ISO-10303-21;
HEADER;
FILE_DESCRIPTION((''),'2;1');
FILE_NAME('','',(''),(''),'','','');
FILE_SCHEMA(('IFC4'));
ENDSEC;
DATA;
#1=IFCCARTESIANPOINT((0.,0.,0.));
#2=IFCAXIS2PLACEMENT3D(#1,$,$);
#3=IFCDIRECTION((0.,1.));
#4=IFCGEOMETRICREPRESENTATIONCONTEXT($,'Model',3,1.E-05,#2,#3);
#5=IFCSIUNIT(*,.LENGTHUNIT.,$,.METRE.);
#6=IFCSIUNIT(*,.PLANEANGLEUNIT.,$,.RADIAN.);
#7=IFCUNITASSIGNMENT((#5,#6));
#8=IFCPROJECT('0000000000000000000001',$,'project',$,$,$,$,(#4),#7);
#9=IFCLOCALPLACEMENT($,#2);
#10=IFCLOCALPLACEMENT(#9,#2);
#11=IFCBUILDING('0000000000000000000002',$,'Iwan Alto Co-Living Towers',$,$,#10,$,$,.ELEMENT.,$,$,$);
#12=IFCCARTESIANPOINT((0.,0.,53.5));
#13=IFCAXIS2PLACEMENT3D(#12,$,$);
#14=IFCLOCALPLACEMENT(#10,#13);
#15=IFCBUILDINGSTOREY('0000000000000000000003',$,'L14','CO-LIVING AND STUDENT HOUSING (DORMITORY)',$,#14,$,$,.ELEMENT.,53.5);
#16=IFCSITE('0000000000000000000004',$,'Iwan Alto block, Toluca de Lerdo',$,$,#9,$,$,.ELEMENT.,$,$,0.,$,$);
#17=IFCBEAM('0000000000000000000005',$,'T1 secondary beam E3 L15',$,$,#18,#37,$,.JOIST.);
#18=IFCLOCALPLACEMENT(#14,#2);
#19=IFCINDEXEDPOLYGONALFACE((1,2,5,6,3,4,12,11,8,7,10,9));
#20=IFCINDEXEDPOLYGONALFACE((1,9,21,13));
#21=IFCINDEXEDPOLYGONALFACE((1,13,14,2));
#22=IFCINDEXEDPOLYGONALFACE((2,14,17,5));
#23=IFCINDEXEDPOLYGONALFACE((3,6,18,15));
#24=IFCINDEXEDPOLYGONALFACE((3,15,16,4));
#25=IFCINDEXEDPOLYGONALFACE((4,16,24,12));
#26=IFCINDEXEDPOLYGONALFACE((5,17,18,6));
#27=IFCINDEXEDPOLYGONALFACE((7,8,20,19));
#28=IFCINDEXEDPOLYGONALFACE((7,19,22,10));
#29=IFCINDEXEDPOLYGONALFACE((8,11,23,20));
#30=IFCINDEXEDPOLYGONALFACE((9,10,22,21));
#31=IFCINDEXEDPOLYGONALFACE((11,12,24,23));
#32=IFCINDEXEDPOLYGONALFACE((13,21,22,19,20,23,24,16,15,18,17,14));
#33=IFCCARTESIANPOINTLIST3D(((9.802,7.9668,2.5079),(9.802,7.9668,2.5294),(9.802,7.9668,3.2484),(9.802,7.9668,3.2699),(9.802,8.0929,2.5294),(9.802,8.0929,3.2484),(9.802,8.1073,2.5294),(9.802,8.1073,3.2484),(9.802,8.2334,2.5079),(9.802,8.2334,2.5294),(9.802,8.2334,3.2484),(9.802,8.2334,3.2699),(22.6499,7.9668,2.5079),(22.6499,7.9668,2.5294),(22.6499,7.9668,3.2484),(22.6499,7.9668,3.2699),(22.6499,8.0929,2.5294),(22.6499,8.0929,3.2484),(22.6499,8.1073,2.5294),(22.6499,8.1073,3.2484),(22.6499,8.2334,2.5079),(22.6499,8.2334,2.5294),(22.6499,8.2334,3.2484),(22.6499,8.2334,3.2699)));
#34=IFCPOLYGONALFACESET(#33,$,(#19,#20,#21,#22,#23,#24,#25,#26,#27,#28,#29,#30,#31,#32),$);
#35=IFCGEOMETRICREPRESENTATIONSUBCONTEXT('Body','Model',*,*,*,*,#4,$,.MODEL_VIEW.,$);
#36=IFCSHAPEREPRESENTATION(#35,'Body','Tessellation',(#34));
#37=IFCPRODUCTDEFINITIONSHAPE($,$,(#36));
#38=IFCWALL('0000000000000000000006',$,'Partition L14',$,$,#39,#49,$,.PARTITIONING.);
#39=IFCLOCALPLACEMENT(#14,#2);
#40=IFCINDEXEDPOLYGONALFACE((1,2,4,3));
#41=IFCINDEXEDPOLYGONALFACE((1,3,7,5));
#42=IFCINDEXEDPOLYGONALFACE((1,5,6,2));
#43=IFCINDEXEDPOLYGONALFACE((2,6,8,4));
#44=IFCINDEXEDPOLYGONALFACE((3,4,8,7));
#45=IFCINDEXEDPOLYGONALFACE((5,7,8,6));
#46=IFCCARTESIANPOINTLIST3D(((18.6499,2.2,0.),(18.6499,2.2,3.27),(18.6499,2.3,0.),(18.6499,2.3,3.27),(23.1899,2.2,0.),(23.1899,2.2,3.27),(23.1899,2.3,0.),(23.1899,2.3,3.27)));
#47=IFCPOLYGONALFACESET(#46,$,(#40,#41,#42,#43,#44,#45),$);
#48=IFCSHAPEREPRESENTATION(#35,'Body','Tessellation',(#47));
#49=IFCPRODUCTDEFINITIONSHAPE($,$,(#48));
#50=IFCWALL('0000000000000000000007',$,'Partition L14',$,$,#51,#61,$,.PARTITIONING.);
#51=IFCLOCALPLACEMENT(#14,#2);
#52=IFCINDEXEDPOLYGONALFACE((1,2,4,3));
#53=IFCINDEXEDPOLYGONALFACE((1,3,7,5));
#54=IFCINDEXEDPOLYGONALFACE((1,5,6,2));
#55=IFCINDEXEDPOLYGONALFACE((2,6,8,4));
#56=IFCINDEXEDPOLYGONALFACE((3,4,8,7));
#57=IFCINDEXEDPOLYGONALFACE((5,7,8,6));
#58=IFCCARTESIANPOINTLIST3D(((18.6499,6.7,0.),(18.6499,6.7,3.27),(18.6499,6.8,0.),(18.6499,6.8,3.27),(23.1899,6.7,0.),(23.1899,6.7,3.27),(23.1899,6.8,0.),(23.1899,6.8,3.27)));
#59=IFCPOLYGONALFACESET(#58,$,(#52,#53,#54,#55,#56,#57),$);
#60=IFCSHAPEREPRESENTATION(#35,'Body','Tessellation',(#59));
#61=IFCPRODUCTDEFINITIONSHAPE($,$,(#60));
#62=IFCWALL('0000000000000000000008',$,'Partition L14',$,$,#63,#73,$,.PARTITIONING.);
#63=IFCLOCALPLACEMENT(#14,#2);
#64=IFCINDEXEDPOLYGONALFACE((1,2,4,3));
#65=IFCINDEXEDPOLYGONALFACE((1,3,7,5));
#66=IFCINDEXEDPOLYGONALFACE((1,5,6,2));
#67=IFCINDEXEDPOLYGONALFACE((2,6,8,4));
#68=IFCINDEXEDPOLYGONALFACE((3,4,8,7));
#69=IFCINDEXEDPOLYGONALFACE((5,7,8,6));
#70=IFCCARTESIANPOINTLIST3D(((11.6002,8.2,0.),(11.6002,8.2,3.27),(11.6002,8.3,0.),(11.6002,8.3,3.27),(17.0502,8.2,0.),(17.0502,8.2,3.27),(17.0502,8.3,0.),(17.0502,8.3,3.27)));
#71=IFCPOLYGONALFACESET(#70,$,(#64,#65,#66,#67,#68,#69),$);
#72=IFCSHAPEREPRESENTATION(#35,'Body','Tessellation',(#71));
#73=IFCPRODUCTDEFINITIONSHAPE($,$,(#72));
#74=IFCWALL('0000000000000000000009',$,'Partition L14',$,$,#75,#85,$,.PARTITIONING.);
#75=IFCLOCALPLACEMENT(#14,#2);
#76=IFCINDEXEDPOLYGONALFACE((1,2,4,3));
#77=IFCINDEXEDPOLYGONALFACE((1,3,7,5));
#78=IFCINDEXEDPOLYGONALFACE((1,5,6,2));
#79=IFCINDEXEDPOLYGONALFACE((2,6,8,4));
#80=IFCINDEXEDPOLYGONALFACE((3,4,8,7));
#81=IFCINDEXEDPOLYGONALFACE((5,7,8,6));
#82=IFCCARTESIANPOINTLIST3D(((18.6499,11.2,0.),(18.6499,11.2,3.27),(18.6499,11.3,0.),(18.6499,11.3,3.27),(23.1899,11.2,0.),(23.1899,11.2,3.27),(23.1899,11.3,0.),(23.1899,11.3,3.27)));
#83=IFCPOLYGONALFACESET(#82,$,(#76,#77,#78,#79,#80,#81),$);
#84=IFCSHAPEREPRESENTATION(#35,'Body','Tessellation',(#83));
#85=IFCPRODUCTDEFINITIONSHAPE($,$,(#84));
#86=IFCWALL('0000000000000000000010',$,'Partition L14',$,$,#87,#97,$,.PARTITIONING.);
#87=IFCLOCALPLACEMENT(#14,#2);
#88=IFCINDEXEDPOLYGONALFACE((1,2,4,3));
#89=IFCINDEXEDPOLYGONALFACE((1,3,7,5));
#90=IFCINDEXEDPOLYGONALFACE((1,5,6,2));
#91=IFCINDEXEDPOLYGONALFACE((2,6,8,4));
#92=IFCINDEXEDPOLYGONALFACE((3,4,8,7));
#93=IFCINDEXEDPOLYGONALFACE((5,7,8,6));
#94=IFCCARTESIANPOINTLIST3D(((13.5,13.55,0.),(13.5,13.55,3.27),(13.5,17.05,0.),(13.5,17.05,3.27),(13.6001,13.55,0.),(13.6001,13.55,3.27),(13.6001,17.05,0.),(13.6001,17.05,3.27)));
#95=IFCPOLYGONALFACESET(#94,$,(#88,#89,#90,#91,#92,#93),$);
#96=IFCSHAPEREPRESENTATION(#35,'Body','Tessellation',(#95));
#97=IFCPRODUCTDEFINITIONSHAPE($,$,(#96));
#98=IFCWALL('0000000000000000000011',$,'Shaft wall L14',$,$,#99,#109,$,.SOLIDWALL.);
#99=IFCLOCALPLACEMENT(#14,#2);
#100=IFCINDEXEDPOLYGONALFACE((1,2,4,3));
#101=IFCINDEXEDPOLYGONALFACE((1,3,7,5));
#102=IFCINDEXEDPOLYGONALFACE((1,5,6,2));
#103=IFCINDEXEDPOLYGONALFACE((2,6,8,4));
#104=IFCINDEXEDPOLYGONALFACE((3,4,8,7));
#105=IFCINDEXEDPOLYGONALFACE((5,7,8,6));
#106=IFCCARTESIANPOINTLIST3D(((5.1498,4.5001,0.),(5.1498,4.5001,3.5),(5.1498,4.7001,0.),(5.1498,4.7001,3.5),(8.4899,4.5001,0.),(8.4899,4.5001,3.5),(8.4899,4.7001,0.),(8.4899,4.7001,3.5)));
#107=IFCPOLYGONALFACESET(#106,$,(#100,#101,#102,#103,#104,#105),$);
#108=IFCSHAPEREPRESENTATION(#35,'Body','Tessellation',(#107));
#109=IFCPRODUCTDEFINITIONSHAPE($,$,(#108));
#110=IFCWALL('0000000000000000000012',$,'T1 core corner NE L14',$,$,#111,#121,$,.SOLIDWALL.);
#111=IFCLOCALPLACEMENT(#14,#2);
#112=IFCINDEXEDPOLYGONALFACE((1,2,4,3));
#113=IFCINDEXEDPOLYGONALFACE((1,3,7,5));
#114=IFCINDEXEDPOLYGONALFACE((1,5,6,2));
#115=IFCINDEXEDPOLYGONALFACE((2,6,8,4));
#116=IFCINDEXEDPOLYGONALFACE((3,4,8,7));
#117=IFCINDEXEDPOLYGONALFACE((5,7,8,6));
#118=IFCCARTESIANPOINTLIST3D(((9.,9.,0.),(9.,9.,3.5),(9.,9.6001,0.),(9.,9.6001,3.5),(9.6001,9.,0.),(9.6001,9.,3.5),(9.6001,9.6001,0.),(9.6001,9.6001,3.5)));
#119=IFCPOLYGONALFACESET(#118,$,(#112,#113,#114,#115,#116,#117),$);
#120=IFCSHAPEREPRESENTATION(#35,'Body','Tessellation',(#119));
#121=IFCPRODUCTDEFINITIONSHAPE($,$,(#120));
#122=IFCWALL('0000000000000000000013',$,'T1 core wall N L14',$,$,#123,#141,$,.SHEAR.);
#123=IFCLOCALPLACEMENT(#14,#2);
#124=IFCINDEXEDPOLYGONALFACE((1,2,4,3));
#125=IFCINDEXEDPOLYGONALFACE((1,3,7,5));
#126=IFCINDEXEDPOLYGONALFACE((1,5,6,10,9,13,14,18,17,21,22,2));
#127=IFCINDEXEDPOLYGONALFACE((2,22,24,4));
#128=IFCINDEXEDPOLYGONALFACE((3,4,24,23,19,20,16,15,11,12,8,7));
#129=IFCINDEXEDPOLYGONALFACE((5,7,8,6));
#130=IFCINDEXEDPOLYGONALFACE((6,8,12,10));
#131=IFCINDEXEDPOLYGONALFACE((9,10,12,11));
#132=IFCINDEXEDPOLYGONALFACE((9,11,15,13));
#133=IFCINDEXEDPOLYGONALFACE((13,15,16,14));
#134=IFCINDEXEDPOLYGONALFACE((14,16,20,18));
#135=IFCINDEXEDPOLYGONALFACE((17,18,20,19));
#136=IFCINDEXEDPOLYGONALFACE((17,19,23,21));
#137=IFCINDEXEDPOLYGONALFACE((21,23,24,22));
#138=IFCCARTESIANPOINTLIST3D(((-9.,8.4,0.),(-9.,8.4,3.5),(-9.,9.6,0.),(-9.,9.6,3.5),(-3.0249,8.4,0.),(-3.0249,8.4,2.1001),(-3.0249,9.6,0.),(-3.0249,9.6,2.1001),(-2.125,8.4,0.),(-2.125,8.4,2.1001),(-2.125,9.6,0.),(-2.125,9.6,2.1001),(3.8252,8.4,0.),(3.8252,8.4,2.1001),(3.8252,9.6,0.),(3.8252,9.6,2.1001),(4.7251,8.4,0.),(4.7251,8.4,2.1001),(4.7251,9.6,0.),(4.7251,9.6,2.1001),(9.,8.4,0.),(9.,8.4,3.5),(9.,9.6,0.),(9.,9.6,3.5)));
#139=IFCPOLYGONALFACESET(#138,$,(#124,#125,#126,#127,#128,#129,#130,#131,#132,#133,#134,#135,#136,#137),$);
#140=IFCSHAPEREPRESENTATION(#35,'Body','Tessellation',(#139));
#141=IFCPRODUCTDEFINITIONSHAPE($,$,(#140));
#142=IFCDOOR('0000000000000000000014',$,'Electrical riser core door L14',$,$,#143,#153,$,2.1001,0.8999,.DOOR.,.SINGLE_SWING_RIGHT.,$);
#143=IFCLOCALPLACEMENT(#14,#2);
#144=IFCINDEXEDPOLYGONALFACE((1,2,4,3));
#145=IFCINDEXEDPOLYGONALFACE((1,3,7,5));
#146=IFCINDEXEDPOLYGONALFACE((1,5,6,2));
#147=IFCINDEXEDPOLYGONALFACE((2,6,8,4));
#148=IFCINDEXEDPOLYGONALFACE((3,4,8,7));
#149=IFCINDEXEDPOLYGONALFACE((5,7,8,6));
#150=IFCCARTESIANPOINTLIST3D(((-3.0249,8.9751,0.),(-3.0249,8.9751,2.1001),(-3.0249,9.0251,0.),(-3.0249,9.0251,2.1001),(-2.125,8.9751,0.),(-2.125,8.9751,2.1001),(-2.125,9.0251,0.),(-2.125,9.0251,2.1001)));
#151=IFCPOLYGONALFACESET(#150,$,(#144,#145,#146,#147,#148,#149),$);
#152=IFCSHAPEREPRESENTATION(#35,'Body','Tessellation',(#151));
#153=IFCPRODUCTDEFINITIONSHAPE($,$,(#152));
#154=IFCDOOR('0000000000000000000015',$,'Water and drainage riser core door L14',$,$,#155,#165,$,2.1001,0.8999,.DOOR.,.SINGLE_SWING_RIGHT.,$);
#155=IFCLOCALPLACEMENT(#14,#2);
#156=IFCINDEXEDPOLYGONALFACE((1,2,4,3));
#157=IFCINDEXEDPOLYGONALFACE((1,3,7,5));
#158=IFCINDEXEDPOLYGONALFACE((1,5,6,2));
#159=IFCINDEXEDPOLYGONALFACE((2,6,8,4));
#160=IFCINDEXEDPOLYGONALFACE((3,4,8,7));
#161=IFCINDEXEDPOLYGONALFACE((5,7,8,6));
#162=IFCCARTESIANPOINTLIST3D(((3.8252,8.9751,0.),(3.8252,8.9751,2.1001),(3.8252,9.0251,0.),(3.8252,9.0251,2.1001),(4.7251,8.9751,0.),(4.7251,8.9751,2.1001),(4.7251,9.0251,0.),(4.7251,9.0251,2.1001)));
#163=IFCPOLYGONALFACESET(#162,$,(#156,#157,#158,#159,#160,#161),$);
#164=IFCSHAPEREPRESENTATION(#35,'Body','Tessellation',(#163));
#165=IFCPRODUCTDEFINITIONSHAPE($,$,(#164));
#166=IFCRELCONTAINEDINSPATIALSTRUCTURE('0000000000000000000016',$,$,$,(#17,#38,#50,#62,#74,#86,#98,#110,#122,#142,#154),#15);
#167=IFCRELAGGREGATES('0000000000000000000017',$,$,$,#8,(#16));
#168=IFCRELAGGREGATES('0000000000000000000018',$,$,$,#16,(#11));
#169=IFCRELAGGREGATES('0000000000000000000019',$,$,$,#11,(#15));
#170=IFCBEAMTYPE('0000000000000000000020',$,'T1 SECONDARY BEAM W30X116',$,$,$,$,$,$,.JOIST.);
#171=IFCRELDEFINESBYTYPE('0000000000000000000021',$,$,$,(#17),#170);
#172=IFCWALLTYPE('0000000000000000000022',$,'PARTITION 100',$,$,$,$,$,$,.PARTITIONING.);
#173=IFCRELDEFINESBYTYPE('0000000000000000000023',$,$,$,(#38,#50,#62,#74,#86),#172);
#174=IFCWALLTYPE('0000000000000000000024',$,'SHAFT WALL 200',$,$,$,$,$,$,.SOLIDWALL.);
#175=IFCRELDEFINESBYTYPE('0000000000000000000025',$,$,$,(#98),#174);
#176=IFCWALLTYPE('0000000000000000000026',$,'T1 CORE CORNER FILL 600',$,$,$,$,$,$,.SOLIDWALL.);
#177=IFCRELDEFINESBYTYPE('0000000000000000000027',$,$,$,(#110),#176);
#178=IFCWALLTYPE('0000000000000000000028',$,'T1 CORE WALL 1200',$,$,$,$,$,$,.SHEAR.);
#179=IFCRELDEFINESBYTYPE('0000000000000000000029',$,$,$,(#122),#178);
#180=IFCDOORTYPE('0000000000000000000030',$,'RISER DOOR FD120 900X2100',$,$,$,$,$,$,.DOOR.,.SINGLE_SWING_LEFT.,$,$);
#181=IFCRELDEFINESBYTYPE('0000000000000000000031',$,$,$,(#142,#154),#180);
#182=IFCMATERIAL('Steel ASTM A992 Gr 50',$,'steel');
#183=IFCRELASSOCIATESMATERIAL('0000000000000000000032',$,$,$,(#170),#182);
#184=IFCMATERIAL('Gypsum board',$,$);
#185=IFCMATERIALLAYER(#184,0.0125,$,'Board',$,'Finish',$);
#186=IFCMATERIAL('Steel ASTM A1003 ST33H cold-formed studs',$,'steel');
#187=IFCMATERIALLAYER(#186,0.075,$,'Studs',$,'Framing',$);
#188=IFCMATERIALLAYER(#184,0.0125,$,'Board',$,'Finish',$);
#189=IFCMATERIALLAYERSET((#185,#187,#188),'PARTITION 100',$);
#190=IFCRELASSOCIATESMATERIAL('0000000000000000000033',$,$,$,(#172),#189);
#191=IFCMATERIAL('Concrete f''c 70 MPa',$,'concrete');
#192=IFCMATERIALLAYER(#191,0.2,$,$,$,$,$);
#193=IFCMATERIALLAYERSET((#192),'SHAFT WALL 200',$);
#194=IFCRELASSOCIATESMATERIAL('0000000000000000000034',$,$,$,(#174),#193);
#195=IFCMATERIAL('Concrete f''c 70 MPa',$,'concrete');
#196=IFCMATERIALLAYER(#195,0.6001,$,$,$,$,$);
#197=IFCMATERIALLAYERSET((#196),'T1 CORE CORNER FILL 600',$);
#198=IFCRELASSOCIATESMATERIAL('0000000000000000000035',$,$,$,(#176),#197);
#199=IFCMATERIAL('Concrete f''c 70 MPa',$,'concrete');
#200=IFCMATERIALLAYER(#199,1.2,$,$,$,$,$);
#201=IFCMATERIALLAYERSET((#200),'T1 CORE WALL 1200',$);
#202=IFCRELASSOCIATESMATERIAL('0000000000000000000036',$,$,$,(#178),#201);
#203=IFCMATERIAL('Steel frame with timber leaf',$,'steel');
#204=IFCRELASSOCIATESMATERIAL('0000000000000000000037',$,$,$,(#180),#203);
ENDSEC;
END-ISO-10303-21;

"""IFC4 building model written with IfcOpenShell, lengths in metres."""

from ifc_helpers import new_model, si_unit, direction, frame, frame_2d, origin, origin_2d, place, context, subcontext, project, spatial, rectangle, i_section, extrude, material, layer, layer_set, material_profile, profile_set, type_object, element, fill, save


model = new_model("IFC4")

# Units and contexts
model_context = context("Model", 3, precision=1e-05, world=origin(), true_north=direction((0.0, 1.0)))
body_context = subcontext(model_context, "Body", "Model", "MODEL_VIEW")
ifc_project = project(units=[si_unit("LENGTHUNIT", "METRE"), si_unit("PLANEANGLEUNIT", "RADIAN")], contexts=[model_context])

# Site, building, storey
site_placement = place(None, origin())
site = spatial("IfcSite", under=ifc_project, at=site_placement, Name="Iwan Alto block, Toluca de Lerdo", CompositionType="ELEMENT", RefElevation=0.0)
building_placement = place(site_placement, origin())
building = spatial("IfcBuilding", under=site, at=building_placement, Name="Iwan Alto Co-Living Towers", CompositionType="ELEMENT")
storey_placement = place(building_placement, frame((0.0, 0.0, 53.5)))
storey = spatial("IfcBuildingStorey", under=building, at=storey_placement, Name="L14", Description="CO-LIVING AND STUDENT HOUSING (DORMITORY)", CompositionType="ELEMENT", Elevation=53.5)

# Beam
ifc_material_1 = material(Name="Steel ASTM A992 Gr 50", Category="steel")
ifc_material_profile_1 = material_profile(ifc_material_1, i_section(OverallWidth=0.2666, OverallDepth=0.762, WebThickness=0.0144, FlangeThickness=0.0215, at=origin_2d()), Name="W30X116")
ifc_profile_set_1 = profile_set([ifc_material_profile_1], Name="Steel ASTM A992 Gr 50")
beam_type_1 = type_object("IfcBeamType", Name="T1 SECONDARY BEAM W30X116", PredefinedType="JOIST", material=ifc_profile_set_1)
for number, where, z_axis, x_axis, name in (
    (1, (22.6499, 8.1001, 2.8889), (-1.0, 0.0, 0.0), (0.0, -1.0, 0.0), "T1 secondary beam E3 L15"),
):
    element("IfcBeam", number, at=place(storey_placement, frame(where, z_axis=z_axis, x_axis=x_axis)), inside=storey, type_object=beam_type_1, Name=name, PredefinedType="JOIST", context=body_context, shape_type="SweptSolid", body=[
        extrude(i_section(OverallWidth=0.2666, OverallDepth=0.762, WebThickness=0.0144, FlangeThickness=0.0215, at=origin_2d()), origin(), (0.0, 0.0, 1.0), 12.8479),
    ])

# Walls
ifc_material_2 = material(Name="Gypsum board")
ifc_layer_1 = layer(ifc_material_2, 0.0125, Name="Board", Category="Finish")
ifc_material_3 = material(Name="Steel ASTM A1003 ST33H cold-formed studs", Category="steel")
ifc_layer_2 = layer(ifc_material_3, 0.075, Name="Studs", Category="Framing")
ifc_layer_3 = layer(ifc_material_2, 0.0125, Name="Board", Category="Finish")
ifc_layer_set_1 = layer_set([ifc_layer_1, ifc_layer_2, ifc_layer_3], Name="PARTITION 100")
wall_type_1 = type_object("IfcWallType", Name="PARTITION 100", PredefinedType="PARTITIONING", material=ifc_layer_set_1)
for number, where, z_axis, x_axis, name in (
    (2, (18.6499, 2.25, 0.0), (0.0, 0.0, 1.0), (1.0, 0.0, 0.0), "Partition L14"),
    (3, (18.6499, 6.75, 0.0), (0.0, 0.0, 1.0), (1.0, 0.0, 0.0), "Partition L14"),
):
    element("IfcWall", number, at=place(storey_placement, frame(where, z_axis=z_axis, x_axis=x_axis)), inside=storey, type_object=wall_type_1, Name=name, PredefinedType="PARTITIONING", context=body_context, shape_type="SweptSolid", body=[
        extrude(rectangle(XDim=4.54, YDim=0.1001, at=frame_2d((2.27, 0.0))), origin(), (0.0, 0.0, 1.0), 3.27),
    ])
wall_1_placement = place(storey_placement, frame((11.6001, 8.25, 0.0), z_axis=(0.0, 0.0, 1.0), x_axis=(1.0, 0.0, 0.0)))
element("IfcWall", 4, at=wall_1_placement, inside=storey, type_object=wall_type_1, Name="Partition L14", PredefinedType="PARTITIONING", context=body_context, shape_type="SweptSolid", body=[
    extrude(rectangle(XDim=5.45, YDim=0.1001, at=frame_2d((2.7251, 0.0))), origin(), (0.0, 0.0, 1.0), 3.27),
])
wall_2_placement = place(storey_placement, frame((18.6499, 11.25, 0.0), z_axis=(0.0, 0.0, 1.0), x_axis=(1.0, 0.0, 0.0)))
element("IfcWall", 5, at=wall_2_placement, inside=storey, type_object=wall_type_1, Name="Partition L14", PredefinedType="PARTITIONING", context=body_context, shape_type="SweptSolid", body=[
    extrude(rectangle(XDim=4.54, YDim=0.1001, at=frame_2d((2.27, 0.0))), origin(), (0.0, 0.0, 1.0), 3.27),
])
wall_3_placement = place(storey_placement, frame((13.55, 13.55, 0.0), z_axis=(0.0, 0.0, 1.0), x_axis=(0.0, 1.0, 0.0)))
element("IfcWall", 6, at=wall_3_placement, inside=storey, type_object=wall_type_1, Name="Partition L14", PredefinedType="PARTITIONING", context=body_context, shape_type="SweptSolid", body=[
    extrude(rectangle(XDim=3.5, YDim=0.1001, at=frame_2d((1.75, 0.0))), origin(), (0.0, 0.0, 1.0), 3.27),
])
ifc_material_4 = material(Name="Concrete f'c 70 MPa", Category="concrete")
ifc_layer_4 = layer(ifc_material_4, 0.2)
ifc_layer_set_2 = layer_set([ifc_layer_4], Name="SHAFT WALL 200")
wall_type_2 = type_object("IfcWallType", Name="SHAFT WALL 200", PredefinedType="SOLIDWALL", material=ifc_layer_set_2)
wall_4_placement = place(storey_placement, frame((5.1499, 4.6001, 0.0), z_axis=(0.0, 0.0, 1.0), x_axis=(1.0, 0.0, 0.0)))
element("IfcWall", 7, at=wall_4_placement, inside=storey, type_object=wall_type_2, Name="Shaft wall L14", PredefinedType="SOLIDWALL", context=body_context, shape_type="SweptSolid", body=[
    extrude(rectangle(XDim=3.3401, YDim=0.2, at=frame_2d((1.6699, 0.0))), origin(), (0.0, 0.0, 1.0), 3.5),
])
ifc_material_5 = material(Name="Concrete f'c 70 MPa", Category="concrete")
ifc_layer_5 = layer(ifc_material_5, 0.6001)
ifc_layer_set_3 = layer_set([ifc_layer_5], Name="T1 CORE CORNER FILL 600")
wall_type_3 = type_object("IfcWallType", Name="T1 CORE CORNER FILL 600", PredefinedType="SOLIDWALL", material=ifc_layer_set_3)
wall_5_placement = place(storey_placement, frame((9.0, 9.3, 0.0), z_axis=(0.0, 0.0, 1.0), x_axis=(1.0, 0.0, 0.0)))
element("IfcWall", 8, at=wall_5_placement, inside=storey, type_object=wall_type_3, Name="T1 core corner NE L14", PredefinedType="SOLIDWALL", context=body_context, shape_type="SweptSolid", body=[
    extrude(rectangle(XDim=0.6001, YDim=0.6001, at=frame_2d((0.3, 0.0))), origin(), (0.0, 0.0, 1.0), 3.5),
])

# Wall, openings, doors
ifc_material_6 = material(Name="Concrete f'c 70 MPa", Category="concrete")
ifc_layer_6 = layer(ifc_material_6, 1.2)
ifc_layer_set_4 = layer_set([ifc_layer_6], Name="T1 CORE WALL 1200")
wall_type_4 = type_object("IfcWallType", Name="T1 CORE WALL 1200", PredefinedType="SHEAR", material=ifc_layer_set_4)
wall_6_placement = place(storey_placement, frame((9.0, 9.0, 0.0), z_axis=(0.0, 0.0, 1.0), x_axis=(-1.0, 0.0, 0.0)))
wall_6 = element("IfcWall", 9, at=wall_6_placement, inside=storey, type_object=wall_type_4, Name="T1 core wall N L14", PredefinedType="SHEAR", context=body_context, shape_type="SweptSolid", body=[
    extrude(rectangle(XDim=18.0, YDim=1.2, at=frame_2d((9.0, 0.0))), origin(), (0.0, 0.0, 1.0), 3.5),
])
opening_1_placement = place(wall_6_placement, frame((11.125, 0.0, 0.0)))
opening_1 = element("IfcOpeningElement", 10, at=opening_1_placement, cuts=wall_6, PredefinedType="OPENING", context=body_context, shape_type="SweptSolid", body=[
    extrude(rectangle(XDim=0.8999, YDim=2.1001, at=frame_2d((0.45, 1.05))), frame((0.0, 0.6099, 0.0), z_axis=(0.0, -1.0, 0.0), x_axis=(1.0, 0.0, 0.0)), (0.0, 0.0, 1.0), 1.22),
])
opening_2_placement = place(wall_6_placement, frame((4.2749, 0.0, 0.0)))
opening_2 = element("IfcOpeningElement", 11, at=opening_2_placement, cuts=wall_6, PredefinedType="OPENING", context=body_context, shape_type="SweptSolid", body=[
    extrude(rectangle(XDim=0.8999, YDim=2.1001, at=frame_2d((0.45, 1.05))), frame((0.0, 0.6099, 0.0), z_axis=(0.0, -1.0, 0.0), x_axis=(1.0, 0.0, 0.0)), (0.0, 0.0, 1.0), 1.22),
])
ifc_material_7 = material(Name="Steel frame with timber leaf", Category="steel")
door_type_1 = type_object("IfcDoorType", Name="RISER DOOR FD120 900X2100", OperationType="SINGLE_SWING_LEFT", PredefinedType="DOOR", material=ifc_material_7)
door_1_placement = place(opening_1_placement, origin())
door_1 = element("IfcDoor", 12, at=door_1_placement, inside=storey, type_object=door_type_1, Name="Electrical riser core door L14", OperationType="SINGLE_SWING_RIGHT", OverallHeight=2.1001, OverallWidth=0.8999, PredefinedType="DOOR", context=body_context, shape_type="SweptSolid", body=[
    extrude(rectangle(XDim=0.8999, YDim=2.1001, at=frame_2d((0.45, 1.05))), frame((0.0, 0.0249, 0.0), z_axis=(0.0, -1.0, 0.0), x_axis=(1.0, 0.0, 0.0)), (0.0, 0.0, 1.0), 0.05),
])
fill(opening_1, door_1)
door_2_placement = place(opening_2_placement, origin())
door_2 = element("IfcDoor", 13, at=door_2_placement, inside=storey, type_object=door_type_1, Name="Water and drainage riser core door L14", OperationType="SINGLE_SWING_RIGHT", OverallHeight=2.1001, OverallWidth=0.8999, PredefinedType="DOOR", context=body_context, shape_type="SweptSolid", body=[
    extrude(rectangle(XDim=0.8999, YDim=2.1001, at=frame_2d((0.45, 1.05))), frame((0.0, 0.0249, 0.0), z_axis=(0.0, -1.0, 0.0), x_axis=(1.0, 0.0, 0.0)), (0.0, 0.0, 1.0), 0.05),
])
fill(opening_2, door_2)

save(model, "model.ifc")
